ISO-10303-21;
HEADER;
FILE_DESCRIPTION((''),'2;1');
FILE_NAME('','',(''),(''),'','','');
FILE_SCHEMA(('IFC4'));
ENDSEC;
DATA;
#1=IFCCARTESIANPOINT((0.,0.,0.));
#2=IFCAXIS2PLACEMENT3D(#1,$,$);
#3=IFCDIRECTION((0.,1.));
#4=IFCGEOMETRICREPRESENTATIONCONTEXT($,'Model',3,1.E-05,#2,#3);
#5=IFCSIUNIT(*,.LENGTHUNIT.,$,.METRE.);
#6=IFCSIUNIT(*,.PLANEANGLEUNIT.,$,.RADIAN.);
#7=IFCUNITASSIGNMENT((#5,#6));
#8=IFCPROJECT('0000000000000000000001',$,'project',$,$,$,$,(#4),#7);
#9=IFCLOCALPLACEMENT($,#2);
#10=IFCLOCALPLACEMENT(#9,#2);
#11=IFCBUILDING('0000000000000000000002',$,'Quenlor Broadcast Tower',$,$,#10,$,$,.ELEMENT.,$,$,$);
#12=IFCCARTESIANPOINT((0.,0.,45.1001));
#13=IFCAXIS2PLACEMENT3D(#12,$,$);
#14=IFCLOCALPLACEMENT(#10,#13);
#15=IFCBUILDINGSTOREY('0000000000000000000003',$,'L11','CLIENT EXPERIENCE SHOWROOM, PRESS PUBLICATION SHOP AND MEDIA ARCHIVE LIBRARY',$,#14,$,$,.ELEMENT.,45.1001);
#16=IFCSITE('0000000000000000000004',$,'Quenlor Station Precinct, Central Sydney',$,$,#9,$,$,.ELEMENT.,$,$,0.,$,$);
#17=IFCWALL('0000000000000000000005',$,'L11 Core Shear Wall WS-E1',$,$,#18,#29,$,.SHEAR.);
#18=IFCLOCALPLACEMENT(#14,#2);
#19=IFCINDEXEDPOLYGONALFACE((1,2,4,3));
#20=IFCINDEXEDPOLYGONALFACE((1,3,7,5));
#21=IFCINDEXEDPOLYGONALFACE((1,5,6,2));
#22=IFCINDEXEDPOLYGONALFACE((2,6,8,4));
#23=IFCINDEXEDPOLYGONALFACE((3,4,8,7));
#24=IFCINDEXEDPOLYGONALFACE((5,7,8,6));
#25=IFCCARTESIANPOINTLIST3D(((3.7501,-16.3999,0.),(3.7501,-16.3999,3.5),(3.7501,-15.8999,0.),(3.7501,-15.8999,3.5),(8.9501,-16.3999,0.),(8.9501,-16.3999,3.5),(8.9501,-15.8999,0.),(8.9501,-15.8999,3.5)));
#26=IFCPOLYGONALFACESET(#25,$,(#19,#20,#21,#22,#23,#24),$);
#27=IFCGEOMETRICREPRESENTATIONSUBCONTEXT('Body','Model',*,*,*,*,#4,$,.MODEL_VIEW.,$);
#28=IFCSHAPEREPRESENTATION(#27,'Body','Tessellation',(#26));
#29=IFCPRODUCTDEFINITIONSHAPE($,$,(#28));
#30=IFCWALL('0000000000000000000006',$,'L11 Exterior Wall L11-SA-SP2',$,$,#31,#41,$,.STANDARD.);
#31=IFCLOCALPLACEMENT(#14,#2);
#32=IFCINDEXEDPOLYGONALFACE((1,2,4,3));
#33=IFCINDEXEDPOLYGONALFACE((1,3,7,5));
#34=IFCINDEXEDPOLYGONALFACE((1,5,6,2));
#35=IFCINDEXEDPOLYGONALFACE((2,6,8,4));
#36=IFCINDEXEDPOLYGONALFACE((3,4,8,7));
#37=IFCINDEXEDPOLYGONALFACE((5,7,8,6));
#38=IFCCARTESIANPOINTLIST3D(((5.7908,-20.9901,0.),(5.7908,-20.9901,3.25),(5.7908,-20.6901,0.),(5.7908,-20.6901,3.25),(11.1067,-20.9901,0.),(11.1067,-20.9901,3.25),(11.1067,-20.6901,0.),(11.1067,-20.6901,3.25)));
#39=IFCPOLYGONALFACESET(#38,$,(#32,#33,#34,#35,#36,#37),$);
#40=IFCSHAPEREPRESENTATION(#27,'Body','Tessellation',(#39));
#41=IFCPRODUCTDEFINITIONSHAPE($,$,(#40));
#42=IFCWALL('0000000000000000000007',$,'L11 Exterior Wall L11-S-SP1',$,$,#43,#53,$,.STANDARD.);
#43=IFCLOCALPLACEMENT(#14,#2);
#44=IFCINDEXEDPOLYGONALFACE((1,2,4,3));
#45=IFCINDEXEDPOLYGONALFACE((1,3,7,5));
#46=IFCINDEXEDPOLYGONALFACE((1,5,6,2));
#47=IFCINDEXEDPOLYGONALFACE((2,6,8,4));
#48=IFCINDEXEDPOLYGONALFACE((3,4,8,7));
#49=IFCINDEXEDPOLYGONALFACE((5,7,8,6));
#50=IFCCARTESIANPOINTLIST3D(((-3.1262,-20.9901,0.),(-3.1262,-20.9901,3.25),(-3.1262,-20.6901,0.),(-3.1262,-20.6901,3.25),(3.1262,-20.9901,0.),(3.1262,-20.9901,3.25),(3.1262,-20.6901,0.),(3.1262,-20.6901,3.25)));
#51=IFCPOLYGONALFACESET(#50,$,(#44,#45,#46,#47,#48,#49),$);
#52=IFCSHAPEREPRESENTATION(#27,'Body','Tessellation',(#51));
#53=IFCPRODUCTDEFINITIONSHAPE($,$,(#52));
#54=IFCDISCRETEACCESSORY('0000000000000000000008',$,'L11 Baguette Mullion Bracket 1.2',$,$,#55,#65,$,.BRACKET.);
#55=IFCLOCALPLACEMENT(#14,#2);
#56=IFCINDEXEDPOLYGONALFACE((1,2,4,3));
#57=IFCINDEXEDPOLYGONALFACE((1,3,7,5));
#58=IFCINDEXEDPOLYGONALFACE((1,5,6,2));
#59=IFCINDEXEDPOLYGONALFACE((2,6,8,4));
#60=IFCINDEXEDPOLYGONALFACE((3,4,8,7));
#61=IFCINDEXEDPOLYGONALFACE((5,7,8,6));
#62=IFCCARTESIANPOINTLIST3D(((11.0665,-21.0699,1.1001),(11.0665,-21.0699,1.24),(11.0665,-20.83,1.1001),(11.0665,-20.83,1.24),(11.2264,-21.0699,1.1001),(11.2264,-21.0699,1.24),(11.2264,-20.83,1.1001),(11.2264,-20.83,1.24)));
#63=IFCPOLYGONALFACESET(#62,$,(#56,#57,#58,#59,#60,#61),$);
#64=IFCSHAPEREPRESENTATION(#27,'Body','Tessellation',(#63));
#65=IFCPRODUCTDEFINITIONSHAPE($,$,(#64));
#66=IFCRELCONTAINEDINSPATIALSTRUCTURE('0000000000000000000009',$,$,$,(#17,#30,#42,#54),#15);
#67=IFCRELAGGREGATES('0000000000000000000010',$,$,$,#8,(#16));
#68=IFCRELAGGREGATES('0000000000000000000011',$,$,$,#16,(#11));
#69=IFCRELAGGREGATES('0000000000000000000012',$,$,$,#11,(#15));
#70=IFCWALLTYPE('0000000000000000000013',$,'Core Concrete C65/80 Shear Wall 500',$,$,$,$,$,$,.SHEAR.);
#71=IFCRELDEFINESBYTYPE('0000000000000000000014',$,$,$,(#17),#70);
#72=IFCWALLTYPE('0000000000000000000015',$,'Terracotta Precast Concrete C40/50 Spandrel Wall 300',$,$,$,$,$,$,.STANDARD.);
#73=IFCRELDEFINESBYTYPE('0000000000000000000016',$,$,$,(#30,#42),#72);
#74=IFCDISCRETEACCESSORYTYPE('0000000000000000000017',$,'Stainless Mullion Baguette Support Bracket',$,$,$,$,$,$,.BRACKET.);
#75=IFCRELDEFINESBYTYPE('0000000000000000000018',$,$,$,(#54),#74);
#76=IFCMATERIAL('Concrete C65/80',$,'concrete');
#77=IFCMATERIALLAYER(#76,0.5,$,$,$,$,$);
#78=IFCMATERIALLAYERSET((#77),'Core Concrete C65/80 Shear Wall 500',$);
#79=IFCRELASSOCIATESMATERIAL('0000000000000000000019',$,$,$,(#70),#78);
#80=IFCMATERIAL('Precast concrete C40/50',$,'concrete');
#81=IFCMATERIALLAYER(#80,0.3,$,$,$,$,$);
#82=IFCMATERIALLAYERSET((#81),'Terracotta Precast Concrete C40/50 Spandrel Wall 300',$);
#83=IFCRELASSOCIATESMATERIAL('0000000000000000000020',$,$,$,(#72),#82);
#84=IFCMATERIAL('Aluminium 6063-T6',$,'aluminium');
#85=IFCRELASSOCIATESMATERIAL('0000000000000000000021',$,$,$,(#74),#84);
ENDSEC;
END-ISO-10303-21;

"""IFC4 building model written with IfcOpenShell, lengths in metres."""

from ifc_helpers import new_model, si_unit, direction, frame, frame_2d, origin, origin_2d, place, context, subcontext, project, spatial, rectangle, extrude, material, layer, layer_set, type_object, element, save


model = new_model("IFC4")

# Units and contexts
model_context = context("Model", 3, precision=1e-05, world=origin(), true_north=direction((0.0, 1.0)))
body_context = subcontext(model_context, "Body", "Model", "MODEL_VIEW")
ifc_project = project(units=[si_unit("LENGTHUNIT", "METRE"), si_unit("PLANEANGLEUNIT", "RADIAN")], contexts=[model_context])

# Site, building, storey
site_placement = place(None, origin())
site = spatial("IfcSite", under=ifc_project, at=site_placement, Name="Quenlor Station Precinct, Central Sydney", CompositionType="ELEMENT", RefElevation=0.0)
building_placement = place(site_placement, origin())
building = spatial("IfcBuilding", under=site, at=building_placement, Name="Quenlor Broadcast Tower", CompositionType="ELEMENT")
storey_placement = place(building_placement, frame((0.0, 0.0, 45.1001)))
storey = spatial("IfcBuildingStorey", under=building, at=storey_placement, Name="L11", Description="CLIENT EXPERIENCE SHOWROOM, PRESS PUBLICATION SHOP AND MEDIA ARCHIVE LIBRARY", CompositionType="ELEMENT", Elevation=45.1001)

# Walls
ifc_material_1 = material(Name="Concrete C65/80", Category="concrete")
ifc_layer_1 = layer(ifc_material_1, 0.5)
ifc_layer_set_1 = layer_set([ifc_layer_1], Name="Core Concrete C65/80 Shear Wall 500")
wall_type_1 = type_object("IfcWallType", Name="Core Concrete C65/80 Shear Wall 500", PredefinedType="SHEAR", material=ifc_layer_set_1)
wall_1_placement = place(storey_placement, frame((3.75, -16.1499, 0.0), z_axis=(0.0, 0.0, 1.0), x_axis=(1.0, 0.0, 0.0)))
element("IfcWall", 1, at=wall_1_placement, inside=storey, type_object=wall_type_1, Name="L11 Core Shear Wall WS-E1", PredefinedType="SHEAR", context=body_context, shape_type="SweptSolid", body=[
    extrude(rectangle(XDim=5.2, YDim=0.5, at=frame_2d((2.6001, 0.0))), origin(), (0.0, 0.0, 1.0), 3.5),
])
ifc_material_2 = material(Name="Precast concrete C40/50", Category="concrete")
ifc_layer_2 = layer(ifc_material_2, 0.3)
ifc_layer_set_2 = layer_set([ifc_layer_2], Name="Terracotta Precast Concrete C40/50 Spandrel Wall 300")
wall_type_2 = type_object("IfcWallType", Name="Terracotta Precast Concrete C40/50 Spandrel Wall 300", PredefinedType="STANDARD", material=ifc_layer_set_2)
wall_2_placement = place(storey_placement, frame((11.1067, -20.8401, 0.0), z_axis=(0.0, 0.0, 1.0), x_axis=(-1.0, 0.0, 0.0)))
element("IfcWall", 2, at=wall_2_placement, inside=storey, type_object=wall_type_2, Name="L11 Exterior Wall L11-SA-SP2", PredefinedType="STANDARD", context=body_context, shape_type="SweptSolid", body=[
    extrude(rectangle(XDim=5.3159, YDim=0.3, at=frame_2d((2.658, 0.0))), origin(), (0.0, 0.0, 1.0), 3.25),
])
wall_3_placement = place(storey_placement, frame((3.1262, -20.8401, 0.0), z_axis=(0.0, 0.0, 1.0), x_axis=(-1.0, 0.0, 0.0)))
element("IfcWall", 3, at=wall_3_placement, inside=storey, type_object=wall_type_2, Name="L11 Exterior Wall L11-S-SP1", PredefinedType="STANDARD", context=body_context, shape_type="SweptSolid", body=[
    extrude(rectangle(XDim=6.2524, YDim=0.3, at=frame_2d((3.1262, 0.0))), origin(), (0.0, 0.0, 1.0), 3.25),
])

# Discrete accessory
ifc_material_3 = material(Name="Aluminium 6063-T6", Category="aluminium")
discrete_accessory_type = type_object("IfcDiscreteAccessoryType", Name="Stainless Mullion Baguette Support Bracket", PredefinedType="BRACKET", material=ifc_material_3)
discrete_accessory_placement = place(storey_placement, frame((11.1465, -20.95, 1.1001), z_axis=(0.0, 0.0, 1.0), x_axis=(-1.0, 0.0, 0.0)))
element("IfcDiscreteAccessory", 4, at=discrete_accessory_placement, inside=storey, type_object=discrete_accessory_type, Name="L11 Baguette Mullion Bracket 1.2", PredefinedType="BRACKET", context=body_context, shape_type="SweptSolid", body=[
    extrude(rectangle(XDim=0.1599, YDim=0.24, at=origin_2d()), origin(), (0.0, 0.0, 1.0), 0.1399),
])

save(model, "model.ifc")
